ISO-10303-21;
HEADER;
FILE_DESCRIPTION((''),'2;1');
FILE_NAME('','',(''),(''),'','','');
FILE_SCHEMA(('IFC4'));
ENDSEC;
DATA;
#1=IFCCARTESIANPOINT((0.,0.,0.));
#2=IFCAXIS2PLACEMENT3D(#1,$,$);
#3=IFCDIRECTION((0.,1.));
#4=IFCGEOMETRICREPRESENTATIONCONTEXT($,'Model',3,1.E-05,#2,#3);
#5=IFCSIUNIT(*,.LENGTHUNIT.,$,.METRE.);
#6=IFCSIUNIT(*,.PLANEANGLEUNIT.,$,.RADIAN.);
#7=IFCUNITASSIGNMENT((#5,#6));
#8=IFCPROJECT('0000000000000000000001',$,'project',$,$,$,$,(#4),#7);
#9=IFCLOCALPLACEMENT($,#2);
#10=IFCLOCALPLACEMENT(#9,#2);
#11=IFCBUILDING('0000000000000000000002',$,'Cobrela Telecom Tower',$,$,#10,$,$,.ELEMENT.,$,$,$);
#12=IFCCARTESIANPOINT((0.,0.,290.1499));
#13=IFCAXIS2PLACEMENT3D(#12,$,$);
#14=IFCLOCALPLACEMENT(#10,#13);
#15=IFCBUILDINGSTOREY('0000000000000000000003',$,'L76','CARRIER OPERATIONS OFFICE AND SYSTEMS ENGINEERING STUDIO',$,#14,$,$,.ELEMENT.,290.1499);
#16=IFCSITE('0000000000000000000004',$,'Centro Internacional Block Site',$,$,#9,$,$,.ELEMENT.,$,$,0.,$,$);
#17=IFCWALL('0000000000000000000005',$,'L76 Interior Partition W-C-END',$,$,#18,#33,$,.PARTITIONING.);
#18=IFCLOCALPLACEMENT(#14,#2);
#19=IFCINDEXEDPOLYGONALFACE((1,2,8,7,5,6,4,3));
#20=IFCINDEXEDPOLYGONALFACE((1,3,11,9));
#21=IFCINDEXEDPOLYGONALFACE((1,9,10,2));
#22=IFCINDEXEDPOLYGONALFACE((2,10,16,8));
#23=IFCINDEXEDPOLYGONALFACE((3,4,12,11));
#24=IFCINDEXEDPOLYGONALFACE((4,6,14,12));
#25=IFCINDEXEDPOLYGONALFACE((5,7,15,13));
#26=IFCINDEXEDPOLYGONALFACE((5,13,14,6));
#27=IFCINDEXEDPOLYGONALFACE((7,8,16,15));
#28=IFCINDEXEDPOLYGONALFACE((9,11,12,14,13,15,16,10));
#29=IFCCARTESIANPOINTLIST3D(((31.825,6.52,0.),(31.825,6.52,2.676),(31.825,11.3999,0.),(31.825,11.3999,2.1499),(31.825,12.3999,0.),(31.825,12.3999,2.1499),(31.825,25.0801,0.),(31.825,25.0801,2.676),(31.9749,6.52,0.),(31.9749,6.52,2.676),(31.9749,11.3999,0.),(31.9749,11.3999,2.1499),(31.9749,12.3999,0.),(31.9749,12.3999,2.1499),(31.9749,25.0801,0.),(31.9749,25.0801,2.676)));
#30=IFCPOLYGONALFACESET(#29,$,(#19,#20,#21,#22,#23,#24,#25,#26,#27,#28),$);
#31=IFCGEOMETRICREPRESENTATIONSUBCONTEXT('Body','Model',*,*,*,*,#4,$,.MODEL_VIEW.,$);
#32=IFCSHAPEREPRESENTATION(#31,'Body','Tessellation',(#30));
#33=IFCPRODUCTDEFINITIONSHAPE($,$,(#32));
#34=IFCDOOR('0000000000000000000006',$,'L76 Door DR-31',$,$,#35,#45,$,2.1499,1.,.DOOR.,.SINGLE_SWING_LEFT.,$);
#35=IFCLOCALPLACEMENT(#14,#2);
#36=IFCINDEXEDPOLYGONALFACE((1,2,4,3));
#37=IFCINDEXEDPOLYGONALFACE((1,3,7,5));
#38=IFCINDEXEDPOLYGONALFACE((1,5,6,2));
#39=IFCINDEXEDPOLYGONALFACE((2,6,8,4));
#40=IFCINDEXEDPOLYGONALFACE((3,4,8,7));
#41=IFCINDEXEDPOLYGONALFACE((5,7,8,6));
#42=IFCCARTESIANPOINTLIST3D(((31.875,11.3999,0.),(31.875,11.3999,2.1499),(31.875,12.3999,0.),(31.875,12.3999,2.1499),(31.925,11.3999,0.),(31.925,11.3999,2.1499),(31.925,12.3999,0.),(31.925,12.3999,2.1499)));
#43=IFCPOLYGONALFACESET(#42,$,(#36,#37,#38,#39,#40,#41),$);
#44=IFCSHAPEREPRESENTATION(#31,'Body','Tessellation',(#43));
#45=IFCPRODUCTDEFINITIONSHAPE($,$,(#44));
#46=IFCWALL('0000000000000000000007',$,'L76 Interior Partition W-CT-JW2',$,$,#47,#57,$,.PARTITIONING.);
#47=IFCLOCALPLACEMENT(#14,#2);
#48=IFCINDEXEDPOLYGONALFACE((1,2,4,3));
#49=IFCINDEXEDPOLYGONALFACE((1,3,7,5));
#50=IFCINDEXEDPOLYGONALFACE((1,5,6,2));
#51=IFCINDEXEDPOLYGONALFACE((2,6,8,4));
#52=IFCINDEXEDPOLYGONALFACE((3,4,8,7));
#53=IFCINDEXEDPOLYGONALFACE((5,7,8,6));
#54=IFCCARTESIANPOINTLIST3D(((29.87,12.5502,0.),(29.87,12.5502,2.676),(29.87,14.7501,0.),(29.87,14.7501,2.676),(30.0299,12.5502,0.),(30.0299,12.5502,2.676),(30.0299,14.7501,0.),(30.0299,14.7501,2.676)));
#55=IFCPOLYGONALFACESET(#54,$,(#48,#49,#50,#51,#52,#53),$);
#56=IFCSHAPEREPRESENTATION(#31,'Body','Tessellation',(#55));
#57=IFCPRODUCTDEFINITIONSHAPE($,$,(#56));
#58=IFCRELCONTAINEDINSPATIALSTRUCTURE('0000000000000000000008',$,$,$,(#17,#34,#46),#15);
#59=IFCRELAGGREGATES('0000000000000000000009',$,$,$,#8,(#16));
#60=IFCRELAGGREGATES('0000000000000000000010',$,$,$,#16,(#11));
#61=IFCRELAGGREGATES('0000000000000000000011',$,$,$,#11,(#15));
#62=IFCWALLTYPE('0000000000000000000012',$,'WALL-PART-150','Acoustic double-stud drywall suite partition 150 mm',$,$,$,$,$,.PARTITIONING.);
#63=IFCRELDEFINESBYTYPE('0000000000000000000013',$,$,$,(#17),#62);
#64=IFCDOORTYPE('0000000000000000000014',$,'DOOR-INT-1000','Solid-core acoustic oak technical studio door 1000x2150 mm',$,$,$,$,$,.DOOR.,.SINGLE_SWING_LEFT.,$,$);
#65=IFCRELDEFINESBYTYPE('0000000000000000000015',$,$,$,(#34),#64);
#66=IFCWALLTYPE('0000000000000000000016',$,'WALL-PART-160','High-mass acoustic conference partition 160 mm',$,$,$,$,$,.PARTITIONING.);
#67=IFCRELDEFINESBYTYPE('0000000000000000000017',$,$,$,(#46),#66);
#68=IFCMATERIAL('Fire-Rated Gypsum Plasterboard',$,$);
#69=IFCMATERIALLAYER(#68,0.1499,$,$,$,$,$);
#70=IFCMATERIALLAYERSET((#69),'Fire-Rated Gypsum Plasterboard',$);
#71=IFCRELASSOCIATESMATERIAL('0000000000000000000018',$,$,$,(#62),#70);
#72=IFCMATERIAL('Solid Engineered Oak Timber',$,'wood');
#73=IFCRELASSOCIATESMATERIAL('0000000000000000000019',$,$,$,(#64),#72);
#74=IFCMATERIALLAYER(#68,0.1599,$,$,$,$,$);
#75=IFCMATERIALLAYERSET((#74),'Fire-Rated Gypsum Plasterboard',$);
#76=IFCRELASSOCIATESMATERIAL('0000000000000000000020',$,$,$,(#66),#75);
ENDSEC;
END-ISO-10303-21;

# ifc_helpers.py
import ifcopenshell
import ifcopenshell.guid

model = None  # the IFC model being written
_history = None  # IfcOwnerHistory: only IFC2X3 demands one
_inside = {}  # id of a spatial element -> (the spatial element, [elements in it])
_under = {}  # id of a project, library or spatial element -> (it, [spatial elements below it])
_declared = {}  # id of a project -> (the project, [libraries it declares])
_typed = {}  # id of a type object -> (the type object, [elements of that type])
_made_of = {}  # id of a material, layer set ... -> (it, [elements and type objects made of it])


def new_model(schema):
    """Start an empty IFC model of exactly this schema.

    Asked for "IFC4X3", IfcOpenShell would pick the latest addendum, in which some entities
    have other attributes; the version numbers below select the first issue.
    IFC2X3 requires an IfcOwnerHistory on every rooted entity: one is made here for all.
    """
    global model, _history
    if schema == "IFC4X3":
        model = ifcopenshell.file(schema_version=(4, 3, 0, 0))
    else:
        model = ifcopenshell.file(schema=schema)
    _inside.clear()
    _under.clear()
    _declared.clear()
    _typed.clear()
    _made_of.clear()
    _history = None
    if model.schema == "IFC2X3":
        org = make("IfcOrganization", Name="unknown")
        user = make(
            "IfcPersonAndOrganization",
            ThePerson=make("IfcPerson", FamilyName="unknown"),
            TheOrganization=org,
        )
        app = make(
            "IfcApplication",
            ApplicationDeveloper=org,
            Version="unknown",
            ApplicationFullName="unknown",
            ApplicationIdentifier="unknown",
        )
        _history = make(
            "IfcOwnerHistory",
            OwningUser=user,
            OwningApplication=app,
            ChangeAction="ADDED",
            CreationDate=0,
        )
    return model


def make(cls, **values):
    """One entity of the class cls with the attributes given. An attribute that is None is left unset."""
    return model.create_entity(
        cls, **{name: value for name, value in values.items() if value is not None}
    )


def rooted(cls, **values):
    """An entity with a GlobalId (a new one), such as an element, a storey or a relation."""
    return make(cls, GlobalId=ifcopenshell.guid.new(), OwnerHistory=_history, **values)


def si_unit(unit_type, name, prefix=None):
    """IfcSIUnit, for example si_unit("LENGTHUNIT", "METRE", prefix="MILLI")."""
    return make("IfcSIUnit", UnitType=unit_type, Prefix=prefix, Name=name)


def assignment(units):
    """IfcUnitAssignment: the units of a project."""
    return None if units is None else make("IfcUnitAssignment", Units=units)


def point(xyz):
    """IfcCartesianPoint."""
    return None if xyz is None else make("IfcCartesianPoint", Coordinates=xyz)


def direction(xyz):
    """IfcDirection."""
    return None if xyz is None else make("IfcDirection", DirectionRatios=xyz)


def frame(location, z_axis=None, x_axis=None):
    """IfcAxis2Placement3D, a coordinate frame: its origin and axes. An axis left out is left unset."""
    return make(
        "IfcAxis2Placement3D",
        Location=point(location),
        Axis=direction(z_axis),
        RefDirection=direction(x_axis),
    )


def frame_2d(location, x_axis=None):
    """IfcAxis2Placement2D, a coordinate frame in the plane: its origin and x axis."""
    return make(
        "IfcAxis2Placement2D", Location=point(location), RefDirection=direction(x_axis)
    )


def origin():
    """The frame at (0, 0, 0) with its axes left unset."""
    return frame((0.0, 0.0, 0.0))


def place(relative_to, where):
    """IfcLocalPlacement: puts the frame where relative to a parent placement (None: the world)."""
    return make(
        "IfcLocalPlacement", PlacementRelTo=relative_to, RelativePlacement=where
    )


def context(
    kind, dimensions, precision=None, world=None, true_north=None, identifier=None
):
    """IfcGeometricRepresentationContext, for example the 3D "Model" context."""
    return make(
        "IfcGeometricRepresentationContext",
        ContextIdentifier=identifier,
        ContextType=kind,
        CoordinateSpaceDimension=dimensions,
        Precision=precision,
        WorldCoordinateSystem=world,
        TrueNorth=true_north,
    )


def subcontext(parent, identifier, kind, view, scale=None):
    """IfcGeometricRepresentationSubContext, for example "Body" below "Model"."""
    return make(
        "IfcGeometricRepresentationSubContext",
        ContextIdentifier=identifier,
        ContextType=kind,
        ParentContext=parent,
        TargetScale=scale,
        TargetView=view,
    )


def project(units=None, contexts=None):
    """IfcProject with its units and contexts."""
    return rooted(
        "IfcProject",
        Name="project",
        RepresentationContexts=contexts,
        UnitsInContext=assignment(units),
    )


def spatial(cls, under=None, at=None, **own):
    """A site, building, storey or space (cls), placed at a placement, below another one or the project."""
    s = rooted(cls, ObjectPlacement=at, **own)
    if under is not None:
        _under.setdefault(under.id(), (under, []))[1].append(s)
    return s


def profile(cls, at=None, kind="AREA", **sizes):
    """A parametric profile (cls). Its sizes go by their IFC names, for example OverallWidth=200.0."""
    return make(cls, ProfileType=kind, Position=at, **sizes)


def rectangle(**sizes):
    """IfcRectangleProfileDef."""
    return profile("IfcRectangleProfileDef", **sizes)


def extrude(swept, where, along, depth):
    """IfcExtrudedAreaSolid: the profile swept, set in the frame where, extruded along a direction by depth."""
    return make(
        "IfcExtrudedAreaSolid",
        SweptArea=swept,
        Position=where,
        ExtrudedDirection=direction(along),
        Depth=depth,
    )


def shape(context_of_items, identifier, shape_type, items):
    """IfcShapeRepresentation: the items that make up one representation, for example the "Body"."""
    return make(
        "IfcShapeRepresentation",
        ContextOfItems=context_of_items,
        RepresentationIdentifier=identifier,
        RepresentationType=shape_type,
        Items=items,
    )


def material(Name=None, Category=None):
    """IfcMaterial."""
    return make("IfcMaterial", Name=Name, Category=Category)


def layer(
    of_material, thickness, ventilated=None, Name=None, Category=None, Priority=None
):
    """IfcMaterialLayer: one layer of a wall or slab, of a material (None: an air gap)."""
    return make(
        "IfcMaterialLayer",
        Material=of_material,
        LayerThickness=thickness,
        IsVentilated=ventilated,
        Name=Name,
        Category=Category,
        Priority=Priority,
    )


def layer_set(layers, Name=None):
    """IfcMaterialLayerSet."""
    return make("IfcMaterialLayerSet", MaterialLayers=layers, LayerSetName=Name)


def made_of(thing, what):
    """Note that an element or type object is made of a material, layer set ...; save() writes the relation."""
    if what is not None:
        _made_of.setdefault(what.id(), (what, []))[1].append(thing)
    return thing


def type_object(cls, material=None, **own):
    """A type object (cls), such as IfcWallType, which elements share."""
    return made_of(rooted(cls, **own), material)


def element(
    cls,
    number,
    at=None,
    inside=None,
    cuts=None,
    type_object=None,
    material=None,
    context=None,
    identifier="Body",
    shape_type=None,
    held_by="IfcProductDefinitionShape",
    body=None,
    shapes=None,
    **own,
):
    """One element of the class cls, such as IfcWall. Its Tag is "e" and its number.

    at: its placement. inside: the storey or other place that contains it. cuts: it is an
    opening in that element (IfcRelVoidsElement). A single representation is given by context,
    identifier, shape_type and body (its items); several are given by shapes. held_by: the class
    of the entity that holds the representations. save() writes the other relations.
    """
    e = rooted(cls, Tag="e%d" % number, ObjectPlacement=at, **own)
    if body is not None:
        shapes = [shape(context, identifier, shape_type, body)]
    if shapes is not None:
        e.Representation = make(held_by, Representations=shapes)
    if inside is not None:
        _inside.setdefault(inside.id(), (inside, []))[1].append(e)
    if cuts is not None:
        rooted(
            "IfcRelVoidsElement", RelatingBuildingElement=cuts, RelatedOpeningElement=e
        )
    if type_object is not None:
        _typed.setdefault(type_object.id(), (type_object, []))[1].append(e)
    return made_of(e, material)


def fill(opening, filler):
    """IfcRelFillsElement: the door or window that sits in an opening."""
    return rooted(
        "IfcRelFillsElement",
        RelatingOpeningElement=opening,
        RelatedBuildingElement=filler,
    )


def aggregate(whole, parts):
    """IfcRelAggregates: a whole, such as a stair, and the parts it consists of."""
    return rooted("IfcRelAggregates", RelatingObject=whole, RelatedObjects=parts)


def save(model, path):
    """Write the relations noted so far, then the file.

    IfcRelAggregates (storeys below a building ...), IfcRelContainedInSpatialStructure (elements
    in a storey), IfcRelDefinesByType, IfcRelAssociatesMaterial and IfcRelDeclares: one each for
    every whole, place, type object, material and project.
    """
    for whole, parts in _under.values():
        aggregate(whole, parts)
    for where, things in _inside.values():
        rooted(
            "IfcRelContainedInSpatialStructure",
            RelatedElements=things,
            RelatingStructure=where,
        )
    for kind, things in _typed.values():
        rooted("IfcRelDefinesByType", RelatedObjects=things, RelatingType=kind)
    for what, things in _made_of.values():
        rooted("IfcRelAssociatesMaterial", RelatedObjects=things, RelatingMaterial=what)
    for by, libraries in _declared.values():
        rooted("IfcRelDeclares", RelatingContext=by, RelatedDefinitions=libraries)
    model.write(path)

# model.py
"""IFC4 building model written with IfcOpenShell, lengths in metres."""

from ifc_helpers import new_model, si_unit, direction, frame, frame_2d, origin, place, context, subcontext, project, spatial, rectangle, extrude, material, layer, layer_set, type_object, element, fill, save


model = new_model("IFC4")

# Units and contexts
model_context = context("Model", 3, precision=1e-05, world=origin(), true_north=direction((0.0, 1.0)))
body_context = subcontext(model_context, "Body", "Model", "MODEL_VIEW")
ifc_project = project(units=[si_unit("LENGTHUNIT", "METRE"), si_unit("PLANEANGLEUNIT", "RADIAN")], contexts=[model_context])

# Site, building, storey
site_placement = place(None, origin())
site = spatial("IfcSite", under=ifc_project, at=site_placement, Name="Centro Internacional Block Site", CompositionType="ELEMENT", RefElevation=0.0)
building_placement = place(site_placement, origin())
building = spatial("IfcBuilding", under=site, at=building_placement, Name="Cobrela Telecom Tower", CompositionType="ELEMENT")
storey_placement = place(building_placement, frame((0.0, 0.0, 290.1499)))
storey = spatial("IfcBuildingStorey", under=building, at=storey_placement, Name="L76", Description="CARRIER OPERATIONS OFFICE AND SYSTEMS ENGINEERING STUDIO", CompositionType="ELEMENT", Elevation=290.1499)

# Shared definitions
ifc_material_1 = material(Name="Fire-Rated Gypsum Plasterboard")
ifc_layer_1 = layer(ifc_material_1, 0.1499)
ifc_layer_set_1 = layer_set([ifc_layer_1], Name="Fire-Rated Gypsum Plasterboard")
wall_type_1 = type_object("IfcWallType", Name="WALL-PART-150", Description="Acoustic double-stud drywall suite partition 150 mm", PredefinedType="PARTITIONING", material=ifc_layer_set_1)

# Wall, opening, door
wall_1_placement = place(storey_placement, frame((31.8999, 6.52, 0.0), z_axis=(0.0, 0.0, 1.0), x_axis=(0.0, 1.0, 0.0)))
wall_1 = element("IfcWall", 1, at=wall_1_placement, inside=storey, type_object=wall_type_1, Name="L76 Interior Partition W-C-END", PredefinedType="PARTITIONING", context=body_context, shape_type="SweptSolid", body=[
    extrude(rectangle(XDim=18.5601, YDim=0.1499, at=frame_2d((9.28, 0.0))), origin(), (0.0, 0.0, 1.0), 2.676),
])
opening_placement = place(wall_1_placement, frame((4.8799, 0.0, 0.0)))
opening = element("IfcOpeningElement", 2, at=opening_placement, cuts=wall_1, PredefinedType="OPENING", context=body_context, shape_type="SweptSolid", body=[
    extrude(rectangle(XDim=1.0, YDim=2.1499, at=frame_2d((0.5, 1.075))), frame((0.0, 0.0869, 0.0), z_axis=(0.0, -1.0, 0.0), x_axis=(1.0, 0.0, 0.0)), (0.0, 0.0, 1.0), 0.1738),
])
ifc_material_2 = material(Name="Solid Engineered Oak Timber", Category="wood")
door_type = type_object("IfcDoorType", Name="DOOR-INT-1000", Description="Solid-core acoustic oak technical studio door 1000x2150 mm", OperationType="SINGLE_SWING_LEFT", PredefinedType="DOOR", material=ifc_material_2)
door_placement = place(opening_placement, origin())
door = element("IfcDoor", 3, at=door_placement, inside=storey, type_object=door_type, Name="L76 Door DR-31", OperationType="SINGLE_SWING_LEFT", OverallHeight=2.1499, OverallWidth=1.0, PredefinedType="DOOR", context=body_context, shape_type="SweptSolid", body=[
    extrude(rectangle(XDim=1.0, YDim=2.1499, at=frame_2d((0.5, 1.075))), frame((0.0, 0.0249, 0.0), z_axis=(0.0, -1.0, 0.0), x_axis=(1.0, 0.0, 0.0)), (0.0, 0.0, 1.0), 0.05),
])
fill(opening, door)

# Wall
ifc_layer_2 = layer(ifc_material_1, 0.1599)
ifc_layer_set_2 = layer_set([ifc_layer_2], Name="Fire-Rated Gypsum Plasterboard")
wall_type_2 = type_object("IfcWallType", Name="WALL-PART-160", Description="High-mass acoustic conference partition 160 mm", PredefinedType="PARTITIONING", material=ifc_layer_set_2)
wall_2_placement = place(storey_placement, frame((29.95, 12.55, 0.0), z_axis=(0.0, 0.0, 1.0), x_axis=(0.0, 1.0, 0.0)))
element("IfcWall", 4, at=wall_2_placement, inside=storey, type_object=wall_type_2, Name="L76 Interior Partition W-CT-JW2", PredefinedType="PARTITIONING", context=body_context, shape_type="SweptSolid", body=[
    extrude(rectangle(XDim=2.2, YDim=0.1599, at=frame_2d((1.1001, 0.0))), origin(), (0.0, 0.0, 1.0), 2.676),
])

save(model, "model.ifc")
